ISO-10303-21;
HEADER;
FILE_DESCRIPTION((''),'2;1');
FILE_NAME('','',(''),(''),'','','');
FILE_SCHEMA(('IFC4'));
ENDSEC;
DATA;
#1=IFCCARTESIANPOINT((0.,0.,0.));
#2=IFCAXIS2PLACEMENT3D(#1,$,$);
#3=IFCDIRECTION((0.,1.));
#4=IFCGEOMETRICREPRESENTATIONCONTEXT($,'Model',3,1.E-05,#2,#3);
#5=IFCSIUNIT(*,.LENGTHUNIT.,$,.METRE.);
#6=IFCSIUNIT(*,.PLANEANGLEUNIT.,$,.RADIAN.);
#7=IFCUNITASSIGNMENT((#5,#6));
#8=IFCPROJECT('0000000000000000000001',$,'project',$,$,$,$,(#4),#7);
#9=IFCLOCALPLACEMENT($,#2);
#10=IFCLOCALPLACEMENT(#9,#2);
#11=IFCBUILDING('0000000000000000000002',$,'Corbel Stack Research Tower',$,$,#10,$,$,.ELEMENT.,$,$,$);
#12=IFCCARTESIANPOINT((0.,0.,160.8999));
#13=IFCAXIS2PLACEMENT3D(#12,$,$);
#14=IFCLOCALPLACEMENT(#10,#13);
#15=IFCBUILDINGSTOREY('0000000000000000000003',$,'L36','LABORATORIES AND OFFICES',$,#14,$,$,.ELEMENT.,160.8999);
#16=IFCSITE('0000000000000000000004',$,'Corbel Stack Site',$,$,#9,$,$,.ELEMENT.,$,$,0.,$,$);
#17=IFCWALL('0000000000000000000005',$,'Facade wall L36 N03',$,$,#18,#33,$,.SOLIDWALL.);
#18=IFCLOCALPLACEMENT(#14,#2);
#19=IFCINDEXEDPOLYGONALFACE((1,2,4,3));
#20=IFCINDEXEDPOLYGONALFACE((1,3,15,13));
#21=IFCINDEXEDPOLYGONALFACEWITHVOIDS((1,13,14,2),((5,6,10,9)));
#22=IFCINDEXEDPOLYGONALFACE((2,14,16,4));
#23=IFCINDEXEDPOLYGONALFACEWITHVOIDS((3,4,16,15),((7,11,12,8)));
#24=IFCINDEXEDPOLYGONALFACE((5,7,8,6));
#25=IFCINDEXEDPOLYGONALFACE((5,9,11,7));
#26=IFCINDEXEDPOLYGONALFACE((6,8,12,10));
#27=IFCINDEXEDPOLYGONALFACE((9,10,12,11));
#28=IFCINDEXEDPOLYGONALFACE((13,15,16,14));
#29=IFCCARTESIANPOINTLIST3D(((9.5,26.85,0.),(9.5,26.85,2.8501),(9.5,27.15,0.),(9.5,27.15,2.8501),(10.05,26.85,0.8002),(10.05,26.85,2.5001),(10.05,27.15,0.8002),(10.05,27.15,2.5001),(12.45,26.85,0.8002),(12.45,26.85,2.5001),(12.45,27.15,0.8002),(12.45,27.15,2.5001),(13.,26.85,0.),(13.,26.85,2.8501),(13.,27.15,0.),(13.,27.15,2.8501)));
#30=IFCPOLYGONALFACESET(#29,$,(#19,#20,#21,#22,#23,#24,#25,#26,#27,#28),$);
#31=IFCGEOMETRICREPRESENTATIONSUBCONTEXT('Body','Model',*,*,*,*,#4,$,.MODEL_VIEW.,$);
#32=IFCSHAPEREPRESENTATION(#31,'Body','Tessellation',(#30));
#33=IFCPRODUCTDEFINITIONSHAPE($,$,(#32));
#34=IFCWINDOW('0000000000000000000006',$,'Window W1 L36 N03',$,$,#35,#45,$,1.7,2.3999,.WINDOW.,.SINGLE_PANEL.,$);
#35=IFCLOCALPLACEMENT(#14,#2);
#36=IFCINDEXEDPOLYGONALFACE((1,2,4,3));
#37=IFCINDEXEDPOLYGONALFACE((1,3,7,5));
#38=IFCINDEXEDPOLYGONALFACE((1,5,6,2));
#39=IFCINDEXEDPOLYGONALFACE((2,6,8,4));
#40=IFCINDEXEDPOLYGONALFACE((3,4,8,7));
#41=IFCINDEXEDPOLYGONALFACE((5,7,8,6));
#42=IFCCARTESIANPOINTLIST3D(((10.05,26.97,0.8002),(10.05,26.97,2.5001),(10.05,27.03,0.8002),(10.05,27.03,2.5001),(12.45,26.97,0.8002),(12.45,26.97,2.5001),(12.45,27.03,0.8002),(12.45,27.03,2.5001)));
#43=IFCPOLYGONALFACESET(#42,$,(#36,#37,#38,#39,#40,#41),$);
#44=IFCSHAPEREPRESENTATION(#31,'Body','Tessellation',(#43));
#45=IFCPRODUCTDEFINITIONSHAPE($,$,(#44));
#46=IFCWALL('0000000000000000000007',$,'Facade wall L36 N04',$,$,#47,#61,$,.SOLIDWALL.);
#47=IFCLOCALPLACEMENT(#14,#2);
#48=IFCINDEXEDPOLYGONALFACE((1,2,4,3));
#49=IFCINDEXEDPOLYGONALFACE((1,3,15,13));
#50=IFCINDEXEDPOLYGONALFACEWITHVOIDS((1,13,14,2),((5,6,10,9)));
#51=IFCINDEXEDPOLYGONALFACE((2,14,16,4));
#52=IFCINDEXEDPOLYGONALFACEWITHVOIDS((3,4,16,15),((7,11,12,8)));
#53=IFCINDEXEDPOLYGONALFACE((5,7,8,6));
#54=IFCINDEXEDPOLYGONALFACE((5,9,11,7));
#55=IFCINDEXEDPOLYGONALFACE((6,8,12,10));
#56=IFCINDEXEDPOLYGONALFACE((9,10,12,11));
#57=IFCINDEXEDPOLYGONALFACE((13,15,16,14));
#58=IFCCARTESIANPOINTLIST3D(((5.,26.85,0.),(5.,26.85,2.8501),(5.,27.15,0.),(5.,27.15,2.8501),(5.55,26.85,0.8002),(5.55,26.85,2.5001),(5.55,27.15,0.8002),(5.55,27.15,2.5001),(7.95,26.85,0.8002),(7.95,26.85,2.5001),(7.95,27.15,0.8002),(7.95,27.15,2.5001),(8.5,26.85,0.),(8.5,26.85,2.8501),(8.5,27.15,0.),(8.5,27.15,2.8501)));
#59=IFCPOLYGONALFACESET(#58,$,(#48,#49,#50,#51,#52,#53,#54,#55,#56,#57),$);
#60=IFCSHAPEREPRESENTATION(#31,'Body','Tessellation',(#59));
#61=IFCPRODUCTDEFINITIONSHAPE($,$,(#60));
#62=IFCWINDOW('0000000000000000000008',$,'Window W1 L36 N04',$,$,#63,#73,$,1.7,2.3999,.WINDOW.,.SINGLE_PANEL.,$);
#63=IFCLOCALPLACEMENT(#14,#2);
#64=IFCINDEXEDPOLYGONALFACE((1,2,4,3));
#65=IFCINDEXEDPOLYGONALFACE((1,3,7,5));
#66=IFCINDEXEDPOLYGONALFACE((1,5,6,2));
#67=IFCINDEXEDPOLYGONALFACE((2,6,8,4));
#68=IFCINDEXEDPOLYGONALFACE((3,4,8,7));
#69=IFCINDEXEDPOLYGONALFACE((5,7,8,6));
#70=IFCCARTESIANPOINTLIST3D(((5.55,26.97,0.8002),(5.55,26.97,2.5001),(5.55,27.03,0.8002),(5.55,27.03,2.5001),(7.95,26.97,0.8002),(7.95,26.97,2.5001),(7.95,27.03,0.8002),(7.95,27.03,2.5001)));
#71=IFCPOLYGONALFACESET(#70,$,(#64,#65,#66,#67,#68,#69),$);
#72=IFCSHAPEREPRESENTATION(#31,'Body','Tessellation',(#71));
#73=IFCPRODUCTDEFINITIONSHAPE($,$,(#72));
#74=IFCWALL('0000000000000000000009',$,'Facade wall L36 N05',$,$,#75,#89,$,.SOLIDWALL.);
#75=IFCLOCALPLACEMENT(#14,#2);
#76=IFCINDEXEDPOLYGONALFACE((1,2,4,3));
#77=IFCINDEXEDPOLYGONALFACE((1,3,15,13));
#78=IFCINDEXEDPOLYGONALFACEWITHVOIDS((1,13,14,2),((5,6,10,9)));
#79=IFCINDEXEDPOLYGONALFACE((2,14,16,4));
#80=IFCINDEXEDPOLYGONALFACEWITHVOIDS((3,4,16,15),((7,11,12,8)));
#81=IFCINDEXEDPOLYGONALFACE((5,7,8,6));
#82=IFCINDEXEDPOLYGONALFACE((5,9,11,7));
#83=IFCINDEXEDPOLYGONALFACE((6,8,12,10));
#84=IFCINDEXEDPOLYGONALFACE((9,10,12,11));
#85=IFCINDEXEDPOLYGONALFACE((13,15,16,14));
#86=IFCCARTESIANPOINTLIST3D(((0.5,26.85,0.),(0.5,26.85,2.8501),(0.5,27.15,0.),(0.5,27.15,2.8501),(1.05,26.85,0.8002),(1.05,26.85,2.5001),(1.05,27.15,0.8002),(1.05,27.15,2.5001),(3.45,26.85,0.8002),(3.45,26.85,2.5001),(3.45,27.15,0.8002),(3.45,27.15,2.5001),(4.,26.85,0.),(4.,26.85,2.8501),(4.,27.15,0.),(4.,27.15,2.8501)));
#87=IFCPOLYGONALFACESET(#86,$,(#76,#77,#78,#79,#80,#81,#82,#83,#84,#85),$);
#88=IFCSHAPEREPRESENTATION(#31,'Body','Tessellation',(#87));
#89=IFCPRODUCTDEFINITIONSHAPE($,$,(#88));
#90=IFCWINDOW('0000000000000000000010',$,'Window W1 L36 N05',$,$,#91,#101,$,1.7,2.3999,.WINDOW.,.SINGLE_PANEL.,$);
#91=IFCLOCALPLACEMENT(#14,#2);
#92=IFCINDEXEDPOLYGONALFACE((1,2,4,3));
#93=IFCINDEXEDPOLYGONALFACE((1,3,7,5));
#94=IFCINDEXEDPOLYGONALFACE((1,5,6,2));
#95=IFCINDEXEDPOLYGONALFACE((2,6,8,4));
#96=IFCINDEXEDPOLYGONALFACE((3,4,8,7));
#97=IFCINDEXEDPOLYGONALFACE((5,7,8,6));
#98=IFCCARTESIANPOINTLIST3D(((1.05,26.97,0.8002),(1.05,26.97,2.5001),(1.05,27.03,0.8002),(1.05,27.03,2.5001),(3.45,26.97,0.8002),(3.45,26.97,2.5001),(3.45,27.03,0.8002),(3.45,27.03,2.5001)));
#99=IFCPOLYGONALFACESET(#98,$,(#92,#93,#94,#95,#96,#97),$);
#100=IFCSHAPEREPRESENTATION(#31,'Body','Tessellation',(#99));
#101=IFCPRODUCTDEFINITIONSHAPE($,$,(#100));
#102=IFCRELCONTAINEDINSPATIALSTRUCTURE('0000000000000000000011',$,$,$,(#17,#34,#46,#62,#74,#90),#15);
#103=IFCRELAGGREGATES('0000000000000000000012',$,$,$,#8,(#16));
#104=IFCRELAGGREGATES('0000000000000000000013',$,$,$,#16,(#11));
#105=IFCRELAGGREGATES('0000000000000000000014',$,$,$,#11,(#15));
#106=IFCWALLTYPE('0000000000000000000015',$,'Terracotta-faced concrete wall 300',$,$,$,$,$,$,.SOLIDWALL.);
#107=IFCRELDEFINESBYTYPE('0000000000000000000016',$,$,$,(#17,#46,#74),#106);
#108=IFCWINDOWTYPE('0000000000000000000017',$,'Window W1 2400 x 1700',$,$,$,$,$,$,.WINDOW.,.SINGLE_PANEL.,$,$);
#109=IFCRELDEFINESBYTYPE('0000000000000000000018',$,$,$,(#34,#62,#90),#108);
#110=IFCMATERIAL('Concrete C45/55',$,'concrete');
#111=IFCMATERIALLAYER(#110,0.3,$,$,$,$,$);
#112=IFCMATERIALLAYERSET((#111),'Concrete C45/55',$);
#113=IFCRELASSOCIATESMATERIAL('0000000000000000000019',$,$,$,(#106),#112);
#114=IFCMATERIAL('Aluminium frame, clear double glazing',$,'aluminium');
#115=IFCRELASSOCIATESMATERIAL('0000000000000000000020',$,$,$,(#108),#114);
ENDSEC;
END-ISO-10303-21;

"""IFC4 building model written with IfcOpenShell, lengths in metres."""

from ifc_helpers import new_model, si_unit, direction, frame, frame_2d, origin, place, context, subcontext, project, spatial, rectangle, extrude, material, layer, layer_set, type_object, element, fill, save


model = new_model("IFC4")

# Units and contexts
model_context = context("Model", 3, precision=1e-05, world=origin(), true_north=direction((0.0, 1.0)))
body_context = subcontext(model_context, "Body", "Model", "MODEL_VIEW")
ifc_project = project(units=[si_unit("LENGTHUNIT", "METRE"), si_unit("PLANEANGLEUNIT", "RADIAN")], contexts=[model_context])

# Site, building, storey
site_placement = place(None, origin())
site = spatial("IfcSite", under=ifc_project, at=site_placement, Name="Corbel Stack Site", CompositionType="ELEMENT", RefElevation=0.0)
building_placement = place(site_placement, origin())
building = spatial("IfcBuilding", under=site, at=building_placement, Name="Corbel Stack Research Tower", CompositionType="ELEMENT")
storey_placement = place(building_placement, frame((0.0, 0.0, 160.8999)))
storey = spatial("IfcBuildingStorey", under=building, at=storey_placement, Name="L36", Description="LABORATORIES AND OFFICES", CompositionType="ELEMENT", Elevation=160.8999)

# Shared definitions
ifc_material_1 = material(Name="Concrete C45/55", Category="concrete")
ifc_layer_1 = layer(ifc_material_1, 0.3)
ifc_layer_set_1 = layer_set([ifc_layer_1], Name="Concrete C45/55")
wall_type_1 = type_object("IfcWallType", Name="Terracotta-faced concrete wall 300", PredefinedType="SOLIDWALL", material=ifc_layer_set_1)

# Walls, openings, windows
wall_1_placement = place(storey_placement, frame((9.5, 27.0, 0.0), z_axis=(0.0, 0.0, 1.0), x_axis=(1.0, 0.0, 0.0)))
wall_1 = element("IfcWall", 1, at=wall_1_placement, inside=storey, type_object=wall_type_1, Name="Facade wall L36 N03", PredefinedType="SOLIDWALL", context=body_context, shape_type="SweptSolid", body=[
    extrude(rectangle(XDim=3.5, YDim=0.3, at=frame_2d((1.75, 0.0))), origin(), (0.0, 0.0, 1.0), 2.8501),
])
opening_1_placement = place(wall_1_placement, frame((0.55, 0.0, 0.8)))
opening_1 = element("IfcOpeningElement", 2, at=opening_1_placement, cuts=wall_1, PredefinedType="OPENING", context=body_context, shape_type="SweptSolid", body=[
    extrude(rectangle(XDim=2.3999, YDim=1.7, at=frame_2d((1.2, 0.8501))), frame((0.0, 0.1599, 0.0), z_axis=(0.0, -1.0, 0.0), x_axis=(1.0, 0.0, 0.0)), (0.0, 0.0, 1.0), 0.3201),
])
ifc_material_2 = material(Name="Aluminium frame, clear double glazing", Category="aluminium")
window_type = type_object("IfcWindowType", Name="Window W1 2400 x 1700", PartitioningType="SINGLE_PANEL", PredefinedType="WINDOW", material=ifc_material_2)
window_1_placement = place(opening_1_placement, origin())
window_1 = element("IfcWindow", 3, at=window_1_placement, inside=storey, type_object=window_type, Name="Window W1 L36 N03", OverallHeight=1.7, OverallWidth=2.3999, PartitioningType="SINGLE_PANEL", PredefinedType="WINDOW", context=body_context, shape_type="SweptSolid", body=[
    extrude(rectangle(XDim=2.3999, YDim=1.7, at=frame_2d((1.2, 0.8501))), frame((0.0, 0.03, 0.0), z_axis=(0.0, -1.0, 0.0), x_axis=(1.0, 0.0, 0.0)), (0.0, 0.0, 1.0), 0.0601),
])
fill(opening_1, window_1)
wall_2_placement = place(storey_placement, frame((5.0, 27.0, 0.0), z_axis=(0.0, 0.0, 1.0), x_axis=(1.0, 0.0, 0.0)))
wall_2 = element("IfcWall", 4, at=wall_2_placement, inside=storey, type_object=wall_type_1, Name="Facade wall L36 N04", PredefinedType="SOLIDWALL", context=body_context, shape_type="SweptSolid", body=[
    extrude(rectangle(XDim=3.5, YDim=0.3, at=frame_2d((1.75, 0.0))), origin(), (0.0, 0.0, 1.0), 2.8501),
])
opening_2_placement = place(wall_2_placement, frame((0.55, 0.0, 0.8)))
opening_2 = element("IfcOpeningElement", 5, at=opening_2_placement, cuts=wall_2, PredefinedType="OPENING", context=body_context, shape_type="SweptSolid", body=[
    extrude(rectangle(XDim=2.3999, YDim=1.7, at=frame_2d((1.2, 0.8501))), frame((0.0, 0.1599, 0.0), z_axis=(0.0, -1.0, 0.0), x_axis=(1.0, 0.0, 0.0)), (0.0, 0.0, 1.0), 0.3201),
])
window_2_placement = place(opening_2_placement, origin())
window_2 = element("IfcWindow", 6, at=window_2_placement, inside=storey, type_object=window_type, Name="Window W1 L36 N04", OverallHeight=1.7, OverallWidth=2.3999, PartitioningType="SINGLE_PANEL", PredefinedType="WINDOW", context=body_context, shape_type="SweptSolid", body=[
    extrude(rectangle(XDim=2.3999, YDim=1.7, at=frame_2d((1.2, 0.8501))), frame((0.0, 0.03, 0.0), z_axis=(0.0, -1.0, 0.0), x_axis=(1.0, 0.0, 0.0)), (0.0, 0.0, 1.0), 0.0601),
])
fill(opening_2, window_2)
wall_3_placement = place(storey_placement, frame((0.5, 27.0, 0.0), z_axis=(0.0, 0.0, 1.0), x_axis=(1.0, 0.0, 0.0)))
wall_3 = element("IfcWall", 7, at=wall_3_placement, inside=storey, type_object=wall_type_1, Name="Facade wall L36 N05", PredefinedType="SOLIDWALL", context=body_context, shape_type="SweptSolid", body=[
    extrude(rectangle(XDim=3.5, YDim=0.3, at=frame_2d((1.75, 0.0))), origin(), (0.0, 0.0, 1.0), 2.8501),
])
opening_3_placement = place(wall_3_placement, frame((0.55, 0.0, 0.8)))
opening_3 = element("IfcOpeningElement", 8, at=opening_3_placement, cuts=wall_3, PredefinedType="OPENING", context=body_context, shape_type="SweptSolid", body=[
    extrude(rectangle(XDim=2.3999, YDim=1.7, at=frame_2d((1.2, 0.8501))), frame((0.0, 0.1599, 0.0), z_axis=(0.0, -1.0, 0.0), x_axis=(1.0, 0.0, 0.0)), (0.0, 0.0, 1.0), 0.3201),
])
window_3_placement = place(opening_3_placement, origin())
window_3 = element("IfcWindow", 9, at=window_3_placement, inside=storey, type_object=window_type, Name="Window W1 L36 N05", OverallHeight=1.7, OverallWidth=2.3999, PartitioningType="SINGLE_PANEL", PredefinedType="WINDOW", context=body_context, shape_type="SweptSolid", body=[
    extrude(rectangle(XDim=2.3999, YDim=1.7, at=frame_2d((1.2, 0.8501))), frame((0.0, 0.03, 0.0), z_axis=(0.0, -1.0, 0.0), x_axis=(1.0, 0.0, 0.0)), (0.0, 0.0, 1.0), 0.0601),
])
fill(opening_3, window_3)

save(model, "model.ifc")
